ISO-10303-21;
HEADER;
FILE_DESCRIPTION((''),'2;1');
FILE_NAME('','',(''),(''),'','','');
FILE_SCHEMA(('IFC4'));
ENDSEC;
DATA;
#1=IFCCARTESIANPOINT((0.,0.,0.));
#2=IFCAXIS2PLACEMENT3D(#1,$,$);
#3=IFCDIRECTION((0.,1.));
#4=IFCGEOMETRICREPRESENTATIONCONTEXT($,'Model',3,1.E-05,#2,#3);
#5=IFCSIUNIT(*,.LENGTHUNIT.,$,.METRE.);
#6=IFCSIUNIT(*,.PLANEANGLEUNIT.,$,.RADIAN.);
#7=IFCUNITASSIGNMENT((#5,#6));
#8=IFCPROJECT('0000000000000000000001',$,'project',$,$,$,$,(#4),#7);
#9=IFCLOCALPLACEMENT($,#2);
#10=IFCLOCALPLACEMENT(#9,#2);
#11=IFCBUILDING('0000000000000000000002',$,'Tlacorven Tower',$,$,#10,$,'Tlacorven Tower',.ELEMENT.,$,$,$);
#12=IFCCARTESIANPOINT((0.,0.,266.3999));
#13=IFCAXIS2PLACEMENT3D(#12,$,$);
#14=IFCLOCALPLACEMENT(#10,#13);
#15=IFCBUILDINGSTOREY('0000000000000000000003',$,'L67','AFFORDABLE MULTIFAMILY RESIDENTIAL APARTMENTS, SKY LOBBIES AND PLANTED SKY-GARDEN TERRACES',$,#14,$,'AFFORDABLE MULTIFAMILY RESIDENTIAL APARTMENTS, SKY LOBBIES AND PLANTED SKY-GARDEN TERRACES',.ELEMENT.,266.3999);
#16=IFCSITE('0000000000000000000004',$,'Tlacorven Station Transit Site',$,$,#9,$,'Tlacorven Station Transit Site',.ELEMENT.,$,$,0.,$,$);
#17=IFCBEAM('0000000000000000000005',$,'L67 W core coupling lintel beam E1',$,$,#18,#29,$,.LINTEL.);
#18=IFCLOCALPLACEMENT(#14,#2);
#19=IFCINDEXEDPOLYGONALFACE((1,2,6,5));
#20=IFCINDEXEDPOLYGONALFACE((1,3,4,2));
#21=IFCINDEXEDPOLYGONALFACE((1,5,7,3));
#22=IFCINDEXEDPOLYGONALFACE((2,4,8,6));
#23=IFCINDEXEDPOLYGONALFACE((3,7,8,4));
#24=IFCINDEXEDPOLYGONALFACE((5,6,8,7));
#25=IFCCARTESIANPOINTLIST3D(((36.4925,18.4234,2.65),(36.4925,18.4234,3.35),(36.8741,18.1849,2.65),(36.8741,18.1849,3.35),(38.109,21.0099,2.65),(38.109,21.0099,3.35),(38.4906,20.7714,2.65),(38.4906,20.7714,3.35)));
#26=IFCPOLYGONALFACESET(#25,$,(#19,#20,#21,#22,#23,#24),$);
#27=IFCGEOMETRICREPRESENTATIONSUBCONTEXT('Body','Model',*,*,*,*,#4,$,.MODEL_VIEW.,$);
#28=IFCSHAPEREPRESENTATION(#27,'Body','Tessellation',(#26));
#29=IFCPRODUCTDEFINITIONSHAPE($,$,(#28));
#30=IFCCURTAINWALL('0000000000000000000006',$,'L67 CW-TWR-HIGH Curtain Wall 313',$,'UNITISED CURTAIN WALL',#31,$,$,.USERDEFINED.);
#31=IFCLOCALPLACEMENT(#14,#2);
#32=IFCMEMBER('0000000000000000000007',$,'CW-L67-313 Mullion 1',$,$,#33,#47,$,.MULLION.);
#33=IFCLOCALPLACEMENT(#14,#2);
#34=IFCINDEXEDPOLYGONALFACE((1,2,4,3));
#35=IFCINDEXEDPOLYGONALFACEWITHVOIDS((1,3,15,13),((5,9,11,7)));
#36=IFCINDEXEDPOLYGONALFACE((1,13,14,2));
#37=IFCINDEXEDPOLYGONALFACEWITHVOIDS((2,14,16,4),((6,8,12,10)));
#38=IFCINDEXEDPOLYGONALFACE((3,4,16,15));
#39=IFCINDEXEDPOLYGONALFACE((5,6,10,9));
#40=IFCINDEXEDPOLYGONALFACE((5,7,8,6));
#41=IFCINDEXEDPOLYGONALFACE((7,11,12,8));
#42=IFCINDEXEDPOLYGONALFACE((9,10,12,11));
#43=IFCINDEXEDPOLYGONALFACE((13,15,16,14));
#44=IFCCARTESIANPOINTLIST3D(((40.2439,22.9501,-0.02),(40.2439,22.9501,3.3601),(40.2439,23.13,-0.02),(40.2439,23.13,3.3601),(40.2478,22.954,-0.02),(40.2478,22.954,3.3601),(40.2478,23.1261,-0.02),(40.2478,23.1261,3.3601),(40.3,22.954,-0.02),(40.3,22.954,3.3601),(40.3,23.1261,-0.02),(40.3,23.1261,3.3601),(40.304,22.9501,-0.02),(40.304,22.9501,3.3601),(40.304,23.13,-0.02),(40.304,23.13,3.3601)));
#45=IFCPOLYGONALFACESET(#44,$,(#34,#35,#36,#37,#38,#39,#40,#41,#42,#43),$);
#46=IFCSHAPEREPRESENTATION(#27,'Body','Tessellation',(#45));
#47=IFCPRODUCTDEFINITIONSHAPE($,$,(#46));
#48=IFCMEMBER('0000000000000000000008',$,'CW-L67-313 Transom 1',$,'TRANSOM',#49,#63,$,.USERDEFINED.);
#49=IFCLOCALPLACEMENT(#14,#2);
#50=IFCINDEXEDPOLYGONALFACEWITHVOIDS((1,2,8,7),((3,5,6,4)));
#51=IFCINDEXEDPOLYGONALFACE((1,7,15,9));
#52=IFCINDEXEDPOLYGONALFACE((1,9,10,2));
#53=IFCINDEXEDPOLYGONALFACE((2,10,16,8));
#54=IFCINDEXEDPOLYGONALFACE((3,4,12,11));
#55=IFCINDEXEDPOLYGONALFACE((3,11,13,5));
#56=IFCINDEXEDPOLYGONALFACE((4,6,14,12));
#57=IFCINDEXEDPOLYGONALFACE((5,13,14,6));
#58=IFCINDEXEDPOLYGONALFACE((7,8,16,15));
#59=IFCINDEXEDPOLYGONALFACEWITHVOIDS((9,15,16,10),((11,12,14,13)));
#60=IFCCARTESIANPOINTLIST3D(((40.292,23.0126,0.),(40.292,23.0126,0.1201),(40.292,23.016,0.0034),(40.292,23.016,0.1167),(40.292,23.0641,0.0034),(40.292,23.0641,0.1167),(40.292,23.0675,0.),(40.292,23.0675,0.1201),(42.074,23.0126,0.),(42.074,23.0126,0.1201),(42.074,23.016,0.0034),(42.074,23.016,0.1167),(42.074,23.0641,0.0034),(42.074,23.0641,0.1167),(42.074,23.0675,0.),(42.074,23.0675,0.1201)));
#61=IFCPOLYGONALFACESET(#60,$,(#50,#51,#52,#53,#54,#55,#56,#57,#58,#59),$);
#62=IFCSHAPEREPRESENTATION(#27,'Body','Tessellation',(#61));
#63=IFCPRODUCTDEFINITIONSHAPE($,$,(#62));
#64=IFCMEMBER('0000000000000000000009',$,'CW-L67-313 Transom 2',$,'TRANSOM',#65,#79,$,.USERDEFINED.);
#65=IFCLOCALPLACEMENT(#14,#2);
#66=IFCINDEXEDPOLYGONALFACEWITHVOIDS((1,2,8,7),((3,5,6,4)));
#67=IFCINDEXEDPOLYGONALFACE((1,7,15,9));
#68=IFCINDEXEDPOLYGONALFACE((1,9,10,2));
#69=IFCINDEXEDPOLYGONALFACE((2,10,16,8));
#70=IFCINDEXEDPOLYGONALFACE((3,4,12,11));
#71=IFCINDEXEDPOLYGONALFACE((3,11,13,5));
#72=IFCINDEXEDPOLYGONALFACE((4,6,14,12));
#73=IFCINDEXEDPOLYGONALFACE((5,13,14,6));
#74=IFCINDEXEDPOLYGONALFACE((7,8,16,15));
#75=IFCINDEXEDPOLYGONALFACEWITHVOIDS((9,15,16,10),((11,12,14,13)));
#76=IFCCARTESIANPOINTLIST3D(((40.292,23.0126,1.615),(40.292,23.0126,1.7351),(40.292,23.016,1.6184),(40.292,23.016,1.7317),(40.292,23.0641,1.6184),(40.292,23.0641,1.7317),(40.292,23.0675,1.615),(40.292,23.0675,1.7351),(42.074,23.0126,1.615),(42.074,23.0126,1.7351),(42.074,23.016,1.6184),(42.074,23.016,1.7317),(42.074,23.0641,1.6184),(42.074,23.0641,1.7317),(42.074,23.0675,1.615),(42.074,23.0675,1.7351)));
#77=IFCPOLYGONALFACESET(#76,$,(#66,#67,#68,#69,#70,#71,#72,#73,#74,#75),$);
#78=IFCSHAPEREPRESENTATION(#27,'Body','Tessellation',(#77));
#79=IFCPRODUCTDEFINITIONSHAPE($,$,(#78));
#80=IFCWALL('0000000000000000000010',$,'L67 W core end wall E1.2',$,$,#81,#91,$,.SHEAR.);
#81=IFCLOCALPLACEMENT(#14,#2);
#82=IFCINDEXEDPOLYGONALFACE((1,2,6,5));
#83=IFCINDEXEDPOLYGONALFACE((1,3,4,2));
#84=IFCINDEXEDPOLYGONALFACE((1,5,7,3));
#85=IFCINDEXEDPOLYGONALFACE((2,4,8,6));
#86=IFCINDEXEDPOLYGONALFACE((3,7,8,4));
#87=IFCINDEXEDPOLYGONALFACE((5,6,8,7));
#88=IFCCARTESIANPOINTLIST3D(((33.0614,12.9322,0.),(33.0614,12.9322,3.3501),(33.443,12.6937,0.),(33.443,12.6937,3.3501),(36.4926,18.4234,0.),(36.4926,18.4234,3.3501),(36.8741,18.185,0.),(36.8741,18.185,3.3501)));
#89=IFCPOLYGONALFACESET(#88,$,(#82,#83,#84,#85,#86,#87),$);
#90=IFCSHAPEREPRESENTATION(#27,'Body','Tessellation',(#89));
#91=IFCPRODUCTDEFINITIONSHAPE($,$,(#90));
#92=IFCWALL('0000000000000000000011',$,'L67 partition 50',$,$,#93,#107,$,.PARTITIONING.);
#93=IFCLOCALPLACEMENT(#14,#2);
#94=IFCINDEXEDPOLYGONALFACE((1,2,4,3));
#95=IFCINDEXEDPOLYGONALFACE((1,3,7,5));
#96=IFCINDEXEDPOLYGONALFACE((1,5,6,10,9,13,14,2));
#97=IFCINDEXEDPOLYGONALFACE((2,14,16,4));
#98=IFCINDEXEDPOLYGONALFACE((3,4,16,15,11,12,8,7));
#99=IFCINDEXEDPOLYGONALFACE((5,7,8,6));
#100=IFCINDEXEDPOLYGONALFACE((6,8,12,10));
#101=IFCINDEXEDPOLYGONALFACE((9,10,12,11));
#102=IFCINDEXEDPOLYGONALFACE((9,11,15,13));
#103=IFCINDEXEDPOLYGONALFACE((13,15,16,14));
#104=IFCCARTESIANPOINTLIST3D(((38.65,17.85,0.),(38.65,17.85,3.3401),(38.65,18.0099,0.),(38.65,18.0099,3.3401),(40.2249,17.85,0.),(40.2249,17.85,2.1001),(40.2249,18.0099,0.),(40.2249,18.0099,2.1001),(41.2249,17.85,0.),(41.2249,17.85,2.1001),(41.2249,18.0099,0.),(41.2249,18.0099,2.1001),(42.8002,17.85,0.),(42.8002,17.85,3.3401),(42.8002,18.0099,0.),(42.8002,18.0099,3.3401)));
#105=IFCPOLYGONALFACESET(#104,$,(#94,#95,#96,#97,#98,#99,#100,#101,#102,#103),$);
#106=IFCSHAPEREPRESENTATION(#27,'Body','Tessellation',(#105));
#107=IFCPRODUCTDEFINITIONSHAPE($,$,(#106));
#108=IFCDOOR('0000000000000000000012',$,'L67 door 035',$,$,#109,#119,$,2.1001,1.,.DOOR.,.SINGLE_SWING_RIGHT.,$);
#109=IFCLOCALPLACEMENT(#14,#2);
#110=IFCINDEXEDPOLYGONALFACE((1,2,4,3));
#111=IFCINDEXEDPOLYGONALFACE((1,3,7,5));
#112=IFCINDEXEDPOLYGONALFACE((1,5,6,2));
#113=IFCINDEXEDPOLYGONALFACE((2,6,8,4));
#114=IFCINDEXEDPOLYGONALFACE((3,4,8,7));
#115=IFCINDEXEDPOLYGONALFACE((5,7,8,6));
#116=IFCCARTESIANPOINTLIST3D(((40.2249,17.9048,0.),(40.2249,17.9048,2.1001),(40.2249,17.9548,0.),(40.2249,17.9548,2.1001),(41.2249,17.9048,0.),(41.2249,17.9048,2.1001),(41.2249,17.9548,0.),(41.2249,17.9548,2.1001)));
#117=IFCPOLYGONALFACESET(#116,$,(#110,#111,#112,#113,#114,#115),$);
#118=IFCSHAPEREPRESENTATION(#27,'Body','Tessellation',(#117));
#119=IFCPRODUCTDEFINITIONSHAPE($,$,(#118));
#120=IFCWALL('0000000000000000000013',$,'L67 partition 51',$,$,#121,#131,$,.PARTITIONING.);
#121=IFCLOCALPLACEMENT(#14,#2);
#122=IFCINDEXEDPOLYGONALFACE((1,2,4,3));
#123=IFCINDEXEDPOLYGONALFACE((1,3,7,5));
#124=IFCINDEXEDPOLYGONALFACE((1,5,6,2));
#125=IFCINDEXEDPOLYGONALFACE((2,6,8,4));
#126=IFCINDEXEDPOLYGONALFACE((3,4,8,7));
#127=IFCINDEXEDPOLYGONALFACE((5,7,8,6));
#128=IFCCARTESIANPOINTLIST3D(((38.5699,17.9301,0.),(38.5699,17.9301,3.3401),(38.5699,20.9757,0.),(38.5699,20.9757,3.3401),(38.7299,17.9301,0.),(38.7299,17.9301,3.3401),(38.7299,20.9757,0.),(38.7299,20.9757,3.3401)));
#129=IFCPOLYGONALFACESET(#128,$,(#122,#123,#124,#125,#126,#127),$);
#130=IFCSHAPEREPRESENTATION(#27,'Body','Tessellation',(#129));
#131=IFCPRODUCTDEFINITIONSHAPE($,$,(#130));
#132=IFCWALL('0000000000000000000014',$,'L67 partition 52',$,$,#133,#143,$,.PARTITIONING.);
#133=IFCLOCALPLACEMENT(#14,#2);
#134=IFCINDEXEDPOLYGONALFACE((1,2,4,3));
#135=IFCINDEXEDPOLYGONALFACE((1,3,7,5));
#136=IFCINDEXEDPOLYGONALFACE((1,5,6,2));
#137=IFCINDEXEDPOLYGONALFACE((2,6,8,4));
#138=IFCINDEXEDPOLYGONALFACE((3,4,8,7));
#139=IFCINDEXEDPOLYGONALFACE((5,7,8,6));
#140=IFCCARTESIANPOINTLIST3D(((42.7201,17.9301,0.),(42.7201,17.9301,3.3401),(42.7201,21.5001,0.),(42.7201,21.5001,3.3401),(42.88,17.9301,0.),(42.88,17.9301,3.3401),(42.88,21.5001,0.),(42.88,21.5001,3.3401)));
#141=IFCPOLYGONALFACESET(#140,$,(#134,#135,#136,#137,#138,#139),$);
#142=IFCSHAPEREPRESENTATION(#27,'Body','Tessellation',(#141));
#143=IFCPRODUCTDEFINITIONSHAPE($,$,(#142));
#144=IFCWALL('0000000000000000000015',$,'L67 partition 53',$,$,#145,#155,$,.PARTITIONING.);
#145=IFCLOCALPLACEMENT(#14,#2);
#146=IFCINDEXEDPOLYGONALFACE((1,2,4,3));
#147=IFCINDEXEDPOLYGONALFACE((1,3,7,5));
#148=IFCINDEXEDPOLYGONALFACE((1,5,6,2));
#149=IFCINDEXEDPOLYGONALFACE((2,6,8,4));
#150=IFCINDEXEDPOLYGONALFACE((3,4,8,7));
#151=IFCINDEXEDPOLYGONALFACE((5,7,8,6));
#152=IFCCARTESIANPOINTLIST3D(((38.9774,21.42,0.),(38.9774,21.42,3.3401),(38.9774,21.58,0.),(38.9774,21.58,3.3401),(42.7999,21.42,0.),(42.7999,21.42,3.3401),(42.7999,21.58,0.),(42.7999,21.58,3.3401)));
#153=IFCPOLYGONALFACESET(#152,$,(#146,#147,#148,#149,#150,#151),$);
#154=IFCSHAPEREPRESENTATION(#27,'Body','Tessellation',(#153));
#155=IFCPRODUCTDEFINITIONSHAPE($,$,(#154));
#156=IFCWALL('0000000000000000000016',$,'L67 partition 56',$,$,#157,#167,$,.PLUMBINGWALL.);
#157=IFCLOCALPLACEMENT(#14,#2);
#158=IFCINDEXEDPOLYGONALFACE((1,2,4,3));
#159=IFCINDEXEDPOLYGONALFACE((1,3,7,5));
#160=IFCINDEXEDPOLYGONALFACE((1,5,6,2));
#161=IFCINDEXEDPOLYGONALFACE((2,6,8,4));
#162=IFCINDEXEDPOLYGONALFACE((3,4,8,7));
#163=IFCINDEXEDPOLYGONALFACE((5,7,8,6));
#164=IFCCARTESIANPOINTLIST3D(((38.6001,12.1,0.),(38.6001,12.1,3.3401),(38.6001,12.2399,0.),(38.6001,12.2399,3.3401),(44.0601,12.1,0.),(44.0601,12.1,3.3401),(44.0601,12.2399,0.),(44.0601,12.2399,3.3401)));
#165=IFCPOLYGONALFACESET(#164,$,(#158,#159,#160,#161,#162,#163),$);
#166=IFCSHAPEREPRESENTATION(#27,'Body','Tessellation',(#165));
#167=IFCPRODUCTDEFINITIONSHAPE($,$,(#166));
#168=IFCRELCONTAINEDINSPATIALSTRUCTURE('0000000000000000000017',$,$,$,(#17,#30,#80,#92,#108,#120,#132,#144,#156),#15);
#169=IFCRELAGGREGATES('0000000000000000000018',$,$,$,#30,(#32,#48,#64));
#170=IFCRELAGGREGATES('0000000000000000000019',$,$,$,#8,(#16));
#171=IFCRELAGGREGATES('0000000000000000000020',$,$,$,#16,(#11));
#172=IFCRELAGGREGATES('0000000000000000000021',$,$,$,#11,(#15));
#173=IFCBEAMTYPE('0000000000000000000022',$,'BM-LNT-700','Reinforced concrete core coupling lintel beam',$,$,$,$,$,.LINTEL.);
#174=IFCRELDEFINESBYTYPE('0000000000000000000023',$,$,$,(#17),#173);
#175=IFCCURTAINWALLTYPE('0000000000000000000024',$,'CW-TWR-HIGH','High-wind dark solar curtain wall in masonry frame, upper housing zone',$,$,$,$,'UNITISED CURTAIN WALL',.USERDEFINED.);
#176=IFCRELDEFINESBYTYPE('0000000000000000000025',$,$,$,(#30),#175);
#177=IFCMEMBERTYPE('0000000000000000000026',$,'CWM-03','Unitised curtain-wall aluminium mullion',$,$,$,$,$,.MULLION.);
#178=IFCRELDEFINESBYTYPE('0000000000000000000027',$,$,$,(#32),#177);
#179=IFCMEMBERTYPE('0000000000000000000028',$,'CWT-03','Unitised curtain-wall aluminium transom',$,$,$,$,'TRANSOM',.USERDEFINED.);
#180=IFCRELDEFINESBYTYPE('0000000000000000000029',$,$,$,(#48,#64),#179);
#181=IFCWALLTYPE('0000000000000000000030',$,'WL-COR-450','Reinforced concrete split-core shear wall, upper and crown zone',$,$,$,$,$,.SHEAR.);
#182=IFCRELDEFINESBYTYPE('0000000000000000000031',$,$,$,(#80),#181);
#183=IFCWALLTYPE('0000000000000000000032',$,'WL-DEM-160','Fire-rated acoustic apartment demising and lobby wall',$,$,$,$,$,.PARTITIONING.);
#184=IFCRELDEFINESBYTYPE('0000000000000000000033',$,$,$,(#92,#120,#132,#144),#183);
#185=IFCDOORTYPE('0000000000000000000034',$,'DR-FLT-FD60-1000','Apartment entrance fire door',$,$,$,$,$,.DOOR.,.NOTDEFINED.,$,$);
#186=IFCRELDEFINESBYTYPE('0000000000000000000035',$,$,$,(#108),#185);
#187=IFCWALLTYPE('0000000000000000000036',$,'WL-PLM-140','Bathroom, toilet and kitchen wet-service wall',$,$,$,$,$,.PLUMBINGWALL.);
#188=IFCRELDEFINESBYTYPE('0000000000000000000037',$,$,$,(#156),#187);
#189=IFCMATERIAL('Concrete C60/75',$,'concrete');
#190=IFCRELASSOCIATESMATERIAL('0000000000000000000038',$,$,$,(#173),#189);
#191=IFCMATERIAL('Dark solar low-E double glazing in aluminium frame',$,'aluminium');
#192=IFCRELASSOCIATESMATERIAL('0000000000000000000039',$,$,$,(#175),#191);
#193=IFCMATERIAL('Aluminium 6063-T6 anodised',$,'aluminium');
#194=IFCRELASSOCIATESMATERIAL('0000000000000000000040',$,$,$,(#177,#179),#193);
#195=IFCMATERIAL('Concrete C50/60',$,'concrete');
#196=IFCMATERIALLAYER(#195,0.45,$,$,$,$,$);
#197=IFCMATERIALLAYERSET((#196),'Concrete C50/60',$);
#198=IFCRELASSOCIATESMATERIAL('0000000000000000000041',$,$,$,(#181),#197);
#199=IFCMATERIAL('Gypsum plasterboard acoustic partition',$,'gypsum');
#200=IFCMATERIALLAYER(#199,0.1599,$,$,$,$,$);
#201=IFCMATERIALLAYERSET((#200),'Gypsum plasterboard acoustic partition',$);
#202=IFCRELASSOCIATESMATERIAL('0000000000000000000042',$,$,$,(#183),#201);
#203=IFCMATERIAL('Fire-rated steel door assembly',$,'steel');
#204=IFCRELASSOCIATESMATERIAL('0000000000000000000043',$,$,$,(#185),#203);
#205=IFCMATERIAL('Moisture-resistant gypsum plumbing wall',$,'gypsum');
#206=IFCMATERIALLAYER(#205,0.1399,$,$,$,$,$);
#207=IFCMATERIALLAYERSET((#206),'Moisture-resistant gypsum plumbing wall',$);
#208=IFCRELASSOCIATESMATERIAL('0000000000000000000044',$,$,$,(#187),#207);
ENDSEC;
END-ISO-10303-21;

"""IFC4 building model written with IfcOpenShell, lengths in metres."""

from ifc_helpers import new_model, si_unit, direction, frame, frame_2d, origin, origin_2d, place, context, subcontext, project, spatial, rectangle, hollow_rectangle, extrude, source, transform, mapped, material, layer, layer_set, material_profile, profile_set, type_object, element, fill, aggregate, save


model = new_model("IFC4")

# Units and contexts
model_context = context("Model", 3, precision=1e-05, world=origin(), true_north=direction((0.0, 1.0)))
body_context = subcontext(model_context, "Body", "Model", "MODEL_VIEW")
ifc_project = project(units=[si_unit("LENGTHUNIT", "METRE"), si_unit("PLANEANGLEUNIT", "RADIAN")], contexts=[model_context])

# Site, building, storey
site_placement = place(None, origin())
site = spatial("IfcSite", under=ifc_project, at=site_placement, Name="Tlacorven Station Transit Site", LongName="Tlacorven Station Transit Site", CompositionType="ELEMENT", RefElevation=0.0)
building_placement = place(site_placement, origin())
building = spatial("IfcBuilding", under=site, at=building_placement, Name="Tlacorven Tower", LongName="Tlacorven Tower", CompositionType="ELEMENT")
storey_placement = place(building_placement, frame((0.0, 0.0, 266.3999)))
storey = spatial("IfcBuildingStorey", under=building, at=storey_placement, Name="L67", Description="AFFORDABLE MULTIFAMILY RESIDENTIAL APARTMENTS, SKY LOBBIES AND PLANTED SKY-GARDEN TERRACES", LongName="AFFORDABLE MULTIFAMILY RESIDENTIAL APARTMENTS, SKY LOBBIES AND PLANTED SKY-GARDEN TERRACES", CompositionType="ELEMENT", Elevation=266.3999)

# Beam
ifc_material_1 = material(Name="Concrete C60/75", Category="concrete")
ifc_material_profile_1 = material_profile(ifc_material_1, rectangle(XDim=0.45, YDim=0.7, at=origin_2d()), Name="RC 450X700")
ifc_profile_set_1 = profile_set([ifc_material_profile_1], Name="Concrete C60/75")
beam_type = type_object("IfcBeamType", Name="BM-LNT-700", Description="Reinforced concrete core coupling lintel beam", PredefinedType="LINTEL", material=ifc_profile_set_1)
shared_shape_1 = source(origin(), body_context, "Body", "SweptSolid", [
    extrude(rectangle(XDim=0.45, YDim=0.7, at=origin_2d()), origin(), (0.0, 0.0, 1.0), 3.05),
])
beam_placement = place(storey_placement, frame((38.2998, 20.8906, 3.0), z_axis=(-0.529985, -0.848007, 0.0), x_axis=(0.848007, -0.529985, 0.0)))
element("IfcBeam", 1, at=beam_placement, inside=storey, type_object=beam_type, Name="L67 W core coupling lintel beam E1", PredefinedType="LINTEL", context=body_context, shape_type="MappedRepresentation", body=[
    mapped(shared_shape_1, transform((0.0, 0.0, 0.0), scale=1.0)),
])

# Curtain wall, members
ifc_material_2 = material(Name="Dark solar low-E double glazing in aluminium frame", Category="aluminium")
curtain_wall_type = type_object("IfcCurtainWallType", Name="CW-TWR-HIGH", Description="High-wind dark solar curtain wall in masonry frame, upper housing zone", ElementType="UNITISED CURTAIN WALL", PredefinedType="USERDEFINED", material=ifc_material_2)
curtain_wall_placement = place(storey_placement, origin())
curtain_wall = element("IfcCurtainWall", 2, at=curtain_wall_placement, inside=storey, type_object=curtain_wall_type, Name="L67 CW-TWR-HIGH Curtain Wall 313", ObjectType="UNITISED CURTAIN WALL", PredefinedType="USERDEFINED")
ifc_material_3 = material(Name="Aluminium 6063-T6 anodised", Category="aluminium")
ifc_material_profile_2 = material_profile(ifc_material_3, hollow_rectangle(XDim=0.0601, YDim=0.1799, WallThickness=0.0039, at=origin_2d()), Name="ALU MULLION 60X180")
ifc_profile_set_2 = profile_set([ifc_material_profile_2], Name="Aluminium 6063-T6 anodised")
member_type_1 = type_object("IfcMemberType", Name="CWM-03", Description="Unitised curtain-wall aluminium mullion", PredefinedType="MULLION", material=ifc_profile_set_2)
shared_shape_2 = source(origin(), body_context, "Body", "SweptSolid", [
    extrude(hollow_rectangle(XDim=0.0601, YDim=0.1799, WallThickness=0.0039, at=origin_2d()), origin(), (0.0, 0.0, 1.0), 3.3801),
])
member_1_placement = place(storey_placement, frame((40.2739, 23.04, -0.02), z_axis=(0.0, 0.0, 1.0), x_axis=(1.0, 0.0, 0.0)))
member_1 = element("IfcMember", 3, at=member_1_placement, type_object=member_type_1, Name="CW-L67-313 Mullion 1", PredefinedType="MULLION", context=body_context, shape_type="MappedRepresentation", body=[
    mapped(shared_shape_2, transform((0.0, 0.0, 0.0), scale=1.0)),
])
ifc_material_profile_3 = material_profile(ifc_material_3, hollow_rectangle(XDim=0.0549, YDim=0.1201, WallThickness=0.0034, at=origin_2d()), Name="ALU TRANSOM 55X120")
ifc_profile_set_3 = profile_set([ifc_material_profile_3], Name="Aluminium 6063-T6 anodised")
member_type_2 = type_object("IfcMemberType", Name="CWT-03", Description="Unitised curtain-wall aluminium transom", ElementType="TRANSOM", PredefinedType="USERDEFINED", material=ifc_profile_set_3)
shared_shape_3 = source(origin(), body_context, "Body", "SweptSolid", [
    extrude(hollow_rectangle(XDim=0.0549, YDim=0.1201, WallThickness=0.0034, at=origin_2d()), origin(), (0.0, 0.0, 1.0), 1.782),
])
member_2_placement = place(storey_placement, frame((40.292, 23.04, 0.0601), z_axis=(1.0, 0.0, 0.0), x_axis=(0.0, 1.0, 0.0)))
member_2 = element("IfcMember", 4, at=member_2_placement, type_object=member_type_2, Name="CW-L67-313 Transom 1", ObjectType="TRANSOM", PredefinedType="USERDEFINED", context=body_context, shape_type="MappedRepresentation", body=[
    mapped(shared_shape_3, transform((0.0, 0.0, 0.0), scale=1.0)),
])
member_3_placement = place(storey_placement, frame((40.292, 23.04, 1.675), z_axis=(1.0, 0.0, 0.0), x_axis=(0.0, 1.0, 0.0)))
member_3 = element("IfcMember", 5, at=member_3_placement, type_object=member_type_2, Name="CW-L67-313 Transom 2", ObjectType="TRANSOM", PredefinedType="USERDEFINED", context=body_context, shape_type="MappedRepresentation", body=[
    mapped(shared_shape_3, transform((0.0, 0.0, 0.0), scale=1.0)),
])
aggregate(curtain_wall, [member_1, member_2, member_3])

# Wall
ifc_material_4 = material(Name="Concrete C50/60", Category="concrete")
ifc_layer_1 = layer(ifc_material_4, 0.45)
ifc_layer_set_1 = layer_set([ifc_layer_1], Name="Concrete C50/60")
wall_type_1 = type_object("IfcWallType", Name="WL-COR-450", Description="Reinforced concrete split-core shear wall, upper and crown zone", PredefinedType="SHEAR", material=ifc_layer_set_1)
wall_1_placement = place(storey_placement, frame((36.6833, 18.3042, 0.0), z_axis=(0.0, 0.0, 1.0), x_axis=(-0.529904, -0.848058, 0.0)))
element("IfcWall", 6, at=wall_1_placement, inside=storey, type_object=wall_type_1, Name="L67 W core end wall E1.2", PredefinedType="SHEAR", context=body_context, shape_type="SweptSolid", body=[
    extrude(rectangle(XDim=6.4751, YDim=0.45, at=frame_2d((3.2375, 0.0))), origin(), (0.0, 0.0, 1.0), 3.3501),
])

# Wall, opening, door
ifc_material_5 = material(Name="Gypsum plasterboard acoustic partition", Category="gypsum")
ifc_layer_2 = layer(ifc_material_5, 0.1599)
ifc_layer_set_2 = layer_set([ifc_layer_2], Name="Gypsum plasterboard acoustic partition")
wall_type_2 = type_object("IfcWallType", Name="WL-DEM-160", Description="Fire-rated acoustic apartment demising and lobby wall", PredefinedType="PARTITIONING", material=ifc_layer_set_2)
wall_2_placement = place(storey_placement, frame((38.6499, 17.9299, 0.0), z_axis=(0.0, 0.0, 1.0), x_axis=(1.0, 0.0, 0.0)))
wall_2 = element("IfcWall", 7, at=wall_2_placement, inside=storey, type_object=wall_type_2, Name="L67 partition 50", PredefinedType="PARTITIONING", context=body_context, shape_type="SweptSolid", body=[
    extrude(rectangle(XDim=4.1501, YDim=0.1599, at=frame_2d((2.0752, 0.0))), origin(), (0.0, 0.0, 1.0), 3.3401),
])
opening_1_placement = place(wall_2_placement, frame((1.575, 0.0, 0.0)))
opening_1 = element("IfcOpeningElement", 8, at=opening_1_placement, cuts=wall_2, PredefinedType="OPENING", context=body_context, shape_type="SweptSolid", body=[
    extrude(rectangle(XDim=1.0, YDim=2.1001, at=frame_2d((0.5, 1.05))), frame((0.0, 0.0898, 0.0), z_axis=(0.0, -1.0, 0.0), x_axis=(1.0, 0.0, 0.0)), (0.0, 0.0, 1.0), 0.1799),
])
ifc_material_6 = material(Name="Fire-rated steel door assembly", Category="steel")
door_type_1 = type_object("IfcDoorType", Name="DR-FLT-FD60-1000", Description="Apartment entrance fire door", OperationType="NOTDEFINED", PredefinedType="DOOR", material=ifc_material_6)
shared_shape_4 = source(origin(), body_context, "Body", "SweptSolid", [
    extrude(rectangle(XDim=1.0, YDim=2.1001, at=frame_2d((0.5, 1.05))), frame((0.0, 0.0249, 0.0), z_axis=(0.0, -1.0, 0.0), x_axis=(1.0, 0.0, 0.0)), (0.0, 0.0, 1.0), 0.05),
])
door_1_placement = place(opening_1_placement, origin())
door_1 = element("IfcDoor", 9, at=door_1_placement, inside=storey, type_object=door_type_1, Name="L67 door 035", OperationType="SINGLE_SWING_RIGHT", OverallHeight=2.1001, OverallWidth=1.0, PredefinedType="DOOR", context=body_context, shape_type="MappedRepresentation", body=[
    mapped(shared_shape_4, transform((0.0, 0.0, 0.0), scale=1.0)),
])
fill(opening_1, door_1)

# Walls
wall_3_placement = place(storey_placement, frame((38.6499, 17.9299, 0.0), z_axis=(0.0, 0.0, 1.0), x_axis=(0.0, 1.0, 0.0)))
element("IfcWall", 10, at=wall_3_placement, inside=storey, type_object=wall_type_2, Name="L67 partition 51", PredefinedType="PARTITIONING", context=body_context, shape_type="SweptSolid", body=[
    extrude(rectangle(XDim=3.0457, YDim=0.1599, at=frame_2d((1.5229, 0.0))), origin(), (0.0, 0.0, 1.0), 3.3401),
])
wall_4_placement = place(storey_placement, frame((42.8, 17.9299, 0.0), z_axis=(0.0, 0.0, 1.0), x_axis=(0.0, 1.0, 0.0)))
element("IfcWall", 11, at=wall_4_placement, inside=storey, type_object=wall_type_2, Name="L67 partition 52", PredefinedType="PARTITIONING", context=body_context, shape_type="SweptSolid", body=[
    extrude(rectangle(XDim=3.5701, YDim=0.1599, at=frame_2d((1.7852, 0.0))), origin(), (0.0, 0.0, 1.0), 3.3401),
])
wall_5_placement = place(storey_placement, frame((38.9775, 21.5, 0.0), z_axis=(0.0, 0.0, 1.0), x_axis=(1.0, 0.0, 0.0)))
element("IfcWall", 12, at=wall_5_placement, inside=storey, type_object=wall_type_2, Name="L67 partition 53", PredefinedType="PARTITIONING", context=body_context, shape_type="SweptSolid", body=[
    extrude(rectangle(XDim=3.8225, YDim=0.1599, at=frame_2d((1.9111, 0.0))), origin(), (0.0, 0.0, 1.0), 3.3401),
])
ifc_material_7 = material(Name="Moisture-resistant gypsum plumbing wall", Category="gypsum")
ifc_layer_3 = layer(ifc_material_7, 0.1399)
ifc_layer_set_3 = layer_set([ifc_layer_3], Name="Moisture-resistant gypsum plumbing wall")
wall_type_3 = type_object("IfcWallType", Name="WL-PLM-140", Description="Bathroom, toilet and kitchen wet-service wall", PredefinedType="PLUMBINGWALL", material=ifc_layer_set_3)
wall_6_placement = place(storey_placement, frame((38.6001, 12.1699, 0.0), z_axis=(0.0, 0.0, 1.0), x_axis=(1.0, 0.0, 0.0)))
element("IfcWall", 13, at=wall_6_placement, inside=storey, type_object=wall_type_3, Name="L67 partition 56", PredefinedType="PLUMBINGWALL", context=body_context, shape_type="SweptSolid", body=[
    extrude(rectangle(XDim=5.46, YDim=0.1399, at=frame_2d((2.73, 0.0))), origin(), (0.0, 0.0, 1.0), 3.3401),
])

save(model, "model.ifc")
